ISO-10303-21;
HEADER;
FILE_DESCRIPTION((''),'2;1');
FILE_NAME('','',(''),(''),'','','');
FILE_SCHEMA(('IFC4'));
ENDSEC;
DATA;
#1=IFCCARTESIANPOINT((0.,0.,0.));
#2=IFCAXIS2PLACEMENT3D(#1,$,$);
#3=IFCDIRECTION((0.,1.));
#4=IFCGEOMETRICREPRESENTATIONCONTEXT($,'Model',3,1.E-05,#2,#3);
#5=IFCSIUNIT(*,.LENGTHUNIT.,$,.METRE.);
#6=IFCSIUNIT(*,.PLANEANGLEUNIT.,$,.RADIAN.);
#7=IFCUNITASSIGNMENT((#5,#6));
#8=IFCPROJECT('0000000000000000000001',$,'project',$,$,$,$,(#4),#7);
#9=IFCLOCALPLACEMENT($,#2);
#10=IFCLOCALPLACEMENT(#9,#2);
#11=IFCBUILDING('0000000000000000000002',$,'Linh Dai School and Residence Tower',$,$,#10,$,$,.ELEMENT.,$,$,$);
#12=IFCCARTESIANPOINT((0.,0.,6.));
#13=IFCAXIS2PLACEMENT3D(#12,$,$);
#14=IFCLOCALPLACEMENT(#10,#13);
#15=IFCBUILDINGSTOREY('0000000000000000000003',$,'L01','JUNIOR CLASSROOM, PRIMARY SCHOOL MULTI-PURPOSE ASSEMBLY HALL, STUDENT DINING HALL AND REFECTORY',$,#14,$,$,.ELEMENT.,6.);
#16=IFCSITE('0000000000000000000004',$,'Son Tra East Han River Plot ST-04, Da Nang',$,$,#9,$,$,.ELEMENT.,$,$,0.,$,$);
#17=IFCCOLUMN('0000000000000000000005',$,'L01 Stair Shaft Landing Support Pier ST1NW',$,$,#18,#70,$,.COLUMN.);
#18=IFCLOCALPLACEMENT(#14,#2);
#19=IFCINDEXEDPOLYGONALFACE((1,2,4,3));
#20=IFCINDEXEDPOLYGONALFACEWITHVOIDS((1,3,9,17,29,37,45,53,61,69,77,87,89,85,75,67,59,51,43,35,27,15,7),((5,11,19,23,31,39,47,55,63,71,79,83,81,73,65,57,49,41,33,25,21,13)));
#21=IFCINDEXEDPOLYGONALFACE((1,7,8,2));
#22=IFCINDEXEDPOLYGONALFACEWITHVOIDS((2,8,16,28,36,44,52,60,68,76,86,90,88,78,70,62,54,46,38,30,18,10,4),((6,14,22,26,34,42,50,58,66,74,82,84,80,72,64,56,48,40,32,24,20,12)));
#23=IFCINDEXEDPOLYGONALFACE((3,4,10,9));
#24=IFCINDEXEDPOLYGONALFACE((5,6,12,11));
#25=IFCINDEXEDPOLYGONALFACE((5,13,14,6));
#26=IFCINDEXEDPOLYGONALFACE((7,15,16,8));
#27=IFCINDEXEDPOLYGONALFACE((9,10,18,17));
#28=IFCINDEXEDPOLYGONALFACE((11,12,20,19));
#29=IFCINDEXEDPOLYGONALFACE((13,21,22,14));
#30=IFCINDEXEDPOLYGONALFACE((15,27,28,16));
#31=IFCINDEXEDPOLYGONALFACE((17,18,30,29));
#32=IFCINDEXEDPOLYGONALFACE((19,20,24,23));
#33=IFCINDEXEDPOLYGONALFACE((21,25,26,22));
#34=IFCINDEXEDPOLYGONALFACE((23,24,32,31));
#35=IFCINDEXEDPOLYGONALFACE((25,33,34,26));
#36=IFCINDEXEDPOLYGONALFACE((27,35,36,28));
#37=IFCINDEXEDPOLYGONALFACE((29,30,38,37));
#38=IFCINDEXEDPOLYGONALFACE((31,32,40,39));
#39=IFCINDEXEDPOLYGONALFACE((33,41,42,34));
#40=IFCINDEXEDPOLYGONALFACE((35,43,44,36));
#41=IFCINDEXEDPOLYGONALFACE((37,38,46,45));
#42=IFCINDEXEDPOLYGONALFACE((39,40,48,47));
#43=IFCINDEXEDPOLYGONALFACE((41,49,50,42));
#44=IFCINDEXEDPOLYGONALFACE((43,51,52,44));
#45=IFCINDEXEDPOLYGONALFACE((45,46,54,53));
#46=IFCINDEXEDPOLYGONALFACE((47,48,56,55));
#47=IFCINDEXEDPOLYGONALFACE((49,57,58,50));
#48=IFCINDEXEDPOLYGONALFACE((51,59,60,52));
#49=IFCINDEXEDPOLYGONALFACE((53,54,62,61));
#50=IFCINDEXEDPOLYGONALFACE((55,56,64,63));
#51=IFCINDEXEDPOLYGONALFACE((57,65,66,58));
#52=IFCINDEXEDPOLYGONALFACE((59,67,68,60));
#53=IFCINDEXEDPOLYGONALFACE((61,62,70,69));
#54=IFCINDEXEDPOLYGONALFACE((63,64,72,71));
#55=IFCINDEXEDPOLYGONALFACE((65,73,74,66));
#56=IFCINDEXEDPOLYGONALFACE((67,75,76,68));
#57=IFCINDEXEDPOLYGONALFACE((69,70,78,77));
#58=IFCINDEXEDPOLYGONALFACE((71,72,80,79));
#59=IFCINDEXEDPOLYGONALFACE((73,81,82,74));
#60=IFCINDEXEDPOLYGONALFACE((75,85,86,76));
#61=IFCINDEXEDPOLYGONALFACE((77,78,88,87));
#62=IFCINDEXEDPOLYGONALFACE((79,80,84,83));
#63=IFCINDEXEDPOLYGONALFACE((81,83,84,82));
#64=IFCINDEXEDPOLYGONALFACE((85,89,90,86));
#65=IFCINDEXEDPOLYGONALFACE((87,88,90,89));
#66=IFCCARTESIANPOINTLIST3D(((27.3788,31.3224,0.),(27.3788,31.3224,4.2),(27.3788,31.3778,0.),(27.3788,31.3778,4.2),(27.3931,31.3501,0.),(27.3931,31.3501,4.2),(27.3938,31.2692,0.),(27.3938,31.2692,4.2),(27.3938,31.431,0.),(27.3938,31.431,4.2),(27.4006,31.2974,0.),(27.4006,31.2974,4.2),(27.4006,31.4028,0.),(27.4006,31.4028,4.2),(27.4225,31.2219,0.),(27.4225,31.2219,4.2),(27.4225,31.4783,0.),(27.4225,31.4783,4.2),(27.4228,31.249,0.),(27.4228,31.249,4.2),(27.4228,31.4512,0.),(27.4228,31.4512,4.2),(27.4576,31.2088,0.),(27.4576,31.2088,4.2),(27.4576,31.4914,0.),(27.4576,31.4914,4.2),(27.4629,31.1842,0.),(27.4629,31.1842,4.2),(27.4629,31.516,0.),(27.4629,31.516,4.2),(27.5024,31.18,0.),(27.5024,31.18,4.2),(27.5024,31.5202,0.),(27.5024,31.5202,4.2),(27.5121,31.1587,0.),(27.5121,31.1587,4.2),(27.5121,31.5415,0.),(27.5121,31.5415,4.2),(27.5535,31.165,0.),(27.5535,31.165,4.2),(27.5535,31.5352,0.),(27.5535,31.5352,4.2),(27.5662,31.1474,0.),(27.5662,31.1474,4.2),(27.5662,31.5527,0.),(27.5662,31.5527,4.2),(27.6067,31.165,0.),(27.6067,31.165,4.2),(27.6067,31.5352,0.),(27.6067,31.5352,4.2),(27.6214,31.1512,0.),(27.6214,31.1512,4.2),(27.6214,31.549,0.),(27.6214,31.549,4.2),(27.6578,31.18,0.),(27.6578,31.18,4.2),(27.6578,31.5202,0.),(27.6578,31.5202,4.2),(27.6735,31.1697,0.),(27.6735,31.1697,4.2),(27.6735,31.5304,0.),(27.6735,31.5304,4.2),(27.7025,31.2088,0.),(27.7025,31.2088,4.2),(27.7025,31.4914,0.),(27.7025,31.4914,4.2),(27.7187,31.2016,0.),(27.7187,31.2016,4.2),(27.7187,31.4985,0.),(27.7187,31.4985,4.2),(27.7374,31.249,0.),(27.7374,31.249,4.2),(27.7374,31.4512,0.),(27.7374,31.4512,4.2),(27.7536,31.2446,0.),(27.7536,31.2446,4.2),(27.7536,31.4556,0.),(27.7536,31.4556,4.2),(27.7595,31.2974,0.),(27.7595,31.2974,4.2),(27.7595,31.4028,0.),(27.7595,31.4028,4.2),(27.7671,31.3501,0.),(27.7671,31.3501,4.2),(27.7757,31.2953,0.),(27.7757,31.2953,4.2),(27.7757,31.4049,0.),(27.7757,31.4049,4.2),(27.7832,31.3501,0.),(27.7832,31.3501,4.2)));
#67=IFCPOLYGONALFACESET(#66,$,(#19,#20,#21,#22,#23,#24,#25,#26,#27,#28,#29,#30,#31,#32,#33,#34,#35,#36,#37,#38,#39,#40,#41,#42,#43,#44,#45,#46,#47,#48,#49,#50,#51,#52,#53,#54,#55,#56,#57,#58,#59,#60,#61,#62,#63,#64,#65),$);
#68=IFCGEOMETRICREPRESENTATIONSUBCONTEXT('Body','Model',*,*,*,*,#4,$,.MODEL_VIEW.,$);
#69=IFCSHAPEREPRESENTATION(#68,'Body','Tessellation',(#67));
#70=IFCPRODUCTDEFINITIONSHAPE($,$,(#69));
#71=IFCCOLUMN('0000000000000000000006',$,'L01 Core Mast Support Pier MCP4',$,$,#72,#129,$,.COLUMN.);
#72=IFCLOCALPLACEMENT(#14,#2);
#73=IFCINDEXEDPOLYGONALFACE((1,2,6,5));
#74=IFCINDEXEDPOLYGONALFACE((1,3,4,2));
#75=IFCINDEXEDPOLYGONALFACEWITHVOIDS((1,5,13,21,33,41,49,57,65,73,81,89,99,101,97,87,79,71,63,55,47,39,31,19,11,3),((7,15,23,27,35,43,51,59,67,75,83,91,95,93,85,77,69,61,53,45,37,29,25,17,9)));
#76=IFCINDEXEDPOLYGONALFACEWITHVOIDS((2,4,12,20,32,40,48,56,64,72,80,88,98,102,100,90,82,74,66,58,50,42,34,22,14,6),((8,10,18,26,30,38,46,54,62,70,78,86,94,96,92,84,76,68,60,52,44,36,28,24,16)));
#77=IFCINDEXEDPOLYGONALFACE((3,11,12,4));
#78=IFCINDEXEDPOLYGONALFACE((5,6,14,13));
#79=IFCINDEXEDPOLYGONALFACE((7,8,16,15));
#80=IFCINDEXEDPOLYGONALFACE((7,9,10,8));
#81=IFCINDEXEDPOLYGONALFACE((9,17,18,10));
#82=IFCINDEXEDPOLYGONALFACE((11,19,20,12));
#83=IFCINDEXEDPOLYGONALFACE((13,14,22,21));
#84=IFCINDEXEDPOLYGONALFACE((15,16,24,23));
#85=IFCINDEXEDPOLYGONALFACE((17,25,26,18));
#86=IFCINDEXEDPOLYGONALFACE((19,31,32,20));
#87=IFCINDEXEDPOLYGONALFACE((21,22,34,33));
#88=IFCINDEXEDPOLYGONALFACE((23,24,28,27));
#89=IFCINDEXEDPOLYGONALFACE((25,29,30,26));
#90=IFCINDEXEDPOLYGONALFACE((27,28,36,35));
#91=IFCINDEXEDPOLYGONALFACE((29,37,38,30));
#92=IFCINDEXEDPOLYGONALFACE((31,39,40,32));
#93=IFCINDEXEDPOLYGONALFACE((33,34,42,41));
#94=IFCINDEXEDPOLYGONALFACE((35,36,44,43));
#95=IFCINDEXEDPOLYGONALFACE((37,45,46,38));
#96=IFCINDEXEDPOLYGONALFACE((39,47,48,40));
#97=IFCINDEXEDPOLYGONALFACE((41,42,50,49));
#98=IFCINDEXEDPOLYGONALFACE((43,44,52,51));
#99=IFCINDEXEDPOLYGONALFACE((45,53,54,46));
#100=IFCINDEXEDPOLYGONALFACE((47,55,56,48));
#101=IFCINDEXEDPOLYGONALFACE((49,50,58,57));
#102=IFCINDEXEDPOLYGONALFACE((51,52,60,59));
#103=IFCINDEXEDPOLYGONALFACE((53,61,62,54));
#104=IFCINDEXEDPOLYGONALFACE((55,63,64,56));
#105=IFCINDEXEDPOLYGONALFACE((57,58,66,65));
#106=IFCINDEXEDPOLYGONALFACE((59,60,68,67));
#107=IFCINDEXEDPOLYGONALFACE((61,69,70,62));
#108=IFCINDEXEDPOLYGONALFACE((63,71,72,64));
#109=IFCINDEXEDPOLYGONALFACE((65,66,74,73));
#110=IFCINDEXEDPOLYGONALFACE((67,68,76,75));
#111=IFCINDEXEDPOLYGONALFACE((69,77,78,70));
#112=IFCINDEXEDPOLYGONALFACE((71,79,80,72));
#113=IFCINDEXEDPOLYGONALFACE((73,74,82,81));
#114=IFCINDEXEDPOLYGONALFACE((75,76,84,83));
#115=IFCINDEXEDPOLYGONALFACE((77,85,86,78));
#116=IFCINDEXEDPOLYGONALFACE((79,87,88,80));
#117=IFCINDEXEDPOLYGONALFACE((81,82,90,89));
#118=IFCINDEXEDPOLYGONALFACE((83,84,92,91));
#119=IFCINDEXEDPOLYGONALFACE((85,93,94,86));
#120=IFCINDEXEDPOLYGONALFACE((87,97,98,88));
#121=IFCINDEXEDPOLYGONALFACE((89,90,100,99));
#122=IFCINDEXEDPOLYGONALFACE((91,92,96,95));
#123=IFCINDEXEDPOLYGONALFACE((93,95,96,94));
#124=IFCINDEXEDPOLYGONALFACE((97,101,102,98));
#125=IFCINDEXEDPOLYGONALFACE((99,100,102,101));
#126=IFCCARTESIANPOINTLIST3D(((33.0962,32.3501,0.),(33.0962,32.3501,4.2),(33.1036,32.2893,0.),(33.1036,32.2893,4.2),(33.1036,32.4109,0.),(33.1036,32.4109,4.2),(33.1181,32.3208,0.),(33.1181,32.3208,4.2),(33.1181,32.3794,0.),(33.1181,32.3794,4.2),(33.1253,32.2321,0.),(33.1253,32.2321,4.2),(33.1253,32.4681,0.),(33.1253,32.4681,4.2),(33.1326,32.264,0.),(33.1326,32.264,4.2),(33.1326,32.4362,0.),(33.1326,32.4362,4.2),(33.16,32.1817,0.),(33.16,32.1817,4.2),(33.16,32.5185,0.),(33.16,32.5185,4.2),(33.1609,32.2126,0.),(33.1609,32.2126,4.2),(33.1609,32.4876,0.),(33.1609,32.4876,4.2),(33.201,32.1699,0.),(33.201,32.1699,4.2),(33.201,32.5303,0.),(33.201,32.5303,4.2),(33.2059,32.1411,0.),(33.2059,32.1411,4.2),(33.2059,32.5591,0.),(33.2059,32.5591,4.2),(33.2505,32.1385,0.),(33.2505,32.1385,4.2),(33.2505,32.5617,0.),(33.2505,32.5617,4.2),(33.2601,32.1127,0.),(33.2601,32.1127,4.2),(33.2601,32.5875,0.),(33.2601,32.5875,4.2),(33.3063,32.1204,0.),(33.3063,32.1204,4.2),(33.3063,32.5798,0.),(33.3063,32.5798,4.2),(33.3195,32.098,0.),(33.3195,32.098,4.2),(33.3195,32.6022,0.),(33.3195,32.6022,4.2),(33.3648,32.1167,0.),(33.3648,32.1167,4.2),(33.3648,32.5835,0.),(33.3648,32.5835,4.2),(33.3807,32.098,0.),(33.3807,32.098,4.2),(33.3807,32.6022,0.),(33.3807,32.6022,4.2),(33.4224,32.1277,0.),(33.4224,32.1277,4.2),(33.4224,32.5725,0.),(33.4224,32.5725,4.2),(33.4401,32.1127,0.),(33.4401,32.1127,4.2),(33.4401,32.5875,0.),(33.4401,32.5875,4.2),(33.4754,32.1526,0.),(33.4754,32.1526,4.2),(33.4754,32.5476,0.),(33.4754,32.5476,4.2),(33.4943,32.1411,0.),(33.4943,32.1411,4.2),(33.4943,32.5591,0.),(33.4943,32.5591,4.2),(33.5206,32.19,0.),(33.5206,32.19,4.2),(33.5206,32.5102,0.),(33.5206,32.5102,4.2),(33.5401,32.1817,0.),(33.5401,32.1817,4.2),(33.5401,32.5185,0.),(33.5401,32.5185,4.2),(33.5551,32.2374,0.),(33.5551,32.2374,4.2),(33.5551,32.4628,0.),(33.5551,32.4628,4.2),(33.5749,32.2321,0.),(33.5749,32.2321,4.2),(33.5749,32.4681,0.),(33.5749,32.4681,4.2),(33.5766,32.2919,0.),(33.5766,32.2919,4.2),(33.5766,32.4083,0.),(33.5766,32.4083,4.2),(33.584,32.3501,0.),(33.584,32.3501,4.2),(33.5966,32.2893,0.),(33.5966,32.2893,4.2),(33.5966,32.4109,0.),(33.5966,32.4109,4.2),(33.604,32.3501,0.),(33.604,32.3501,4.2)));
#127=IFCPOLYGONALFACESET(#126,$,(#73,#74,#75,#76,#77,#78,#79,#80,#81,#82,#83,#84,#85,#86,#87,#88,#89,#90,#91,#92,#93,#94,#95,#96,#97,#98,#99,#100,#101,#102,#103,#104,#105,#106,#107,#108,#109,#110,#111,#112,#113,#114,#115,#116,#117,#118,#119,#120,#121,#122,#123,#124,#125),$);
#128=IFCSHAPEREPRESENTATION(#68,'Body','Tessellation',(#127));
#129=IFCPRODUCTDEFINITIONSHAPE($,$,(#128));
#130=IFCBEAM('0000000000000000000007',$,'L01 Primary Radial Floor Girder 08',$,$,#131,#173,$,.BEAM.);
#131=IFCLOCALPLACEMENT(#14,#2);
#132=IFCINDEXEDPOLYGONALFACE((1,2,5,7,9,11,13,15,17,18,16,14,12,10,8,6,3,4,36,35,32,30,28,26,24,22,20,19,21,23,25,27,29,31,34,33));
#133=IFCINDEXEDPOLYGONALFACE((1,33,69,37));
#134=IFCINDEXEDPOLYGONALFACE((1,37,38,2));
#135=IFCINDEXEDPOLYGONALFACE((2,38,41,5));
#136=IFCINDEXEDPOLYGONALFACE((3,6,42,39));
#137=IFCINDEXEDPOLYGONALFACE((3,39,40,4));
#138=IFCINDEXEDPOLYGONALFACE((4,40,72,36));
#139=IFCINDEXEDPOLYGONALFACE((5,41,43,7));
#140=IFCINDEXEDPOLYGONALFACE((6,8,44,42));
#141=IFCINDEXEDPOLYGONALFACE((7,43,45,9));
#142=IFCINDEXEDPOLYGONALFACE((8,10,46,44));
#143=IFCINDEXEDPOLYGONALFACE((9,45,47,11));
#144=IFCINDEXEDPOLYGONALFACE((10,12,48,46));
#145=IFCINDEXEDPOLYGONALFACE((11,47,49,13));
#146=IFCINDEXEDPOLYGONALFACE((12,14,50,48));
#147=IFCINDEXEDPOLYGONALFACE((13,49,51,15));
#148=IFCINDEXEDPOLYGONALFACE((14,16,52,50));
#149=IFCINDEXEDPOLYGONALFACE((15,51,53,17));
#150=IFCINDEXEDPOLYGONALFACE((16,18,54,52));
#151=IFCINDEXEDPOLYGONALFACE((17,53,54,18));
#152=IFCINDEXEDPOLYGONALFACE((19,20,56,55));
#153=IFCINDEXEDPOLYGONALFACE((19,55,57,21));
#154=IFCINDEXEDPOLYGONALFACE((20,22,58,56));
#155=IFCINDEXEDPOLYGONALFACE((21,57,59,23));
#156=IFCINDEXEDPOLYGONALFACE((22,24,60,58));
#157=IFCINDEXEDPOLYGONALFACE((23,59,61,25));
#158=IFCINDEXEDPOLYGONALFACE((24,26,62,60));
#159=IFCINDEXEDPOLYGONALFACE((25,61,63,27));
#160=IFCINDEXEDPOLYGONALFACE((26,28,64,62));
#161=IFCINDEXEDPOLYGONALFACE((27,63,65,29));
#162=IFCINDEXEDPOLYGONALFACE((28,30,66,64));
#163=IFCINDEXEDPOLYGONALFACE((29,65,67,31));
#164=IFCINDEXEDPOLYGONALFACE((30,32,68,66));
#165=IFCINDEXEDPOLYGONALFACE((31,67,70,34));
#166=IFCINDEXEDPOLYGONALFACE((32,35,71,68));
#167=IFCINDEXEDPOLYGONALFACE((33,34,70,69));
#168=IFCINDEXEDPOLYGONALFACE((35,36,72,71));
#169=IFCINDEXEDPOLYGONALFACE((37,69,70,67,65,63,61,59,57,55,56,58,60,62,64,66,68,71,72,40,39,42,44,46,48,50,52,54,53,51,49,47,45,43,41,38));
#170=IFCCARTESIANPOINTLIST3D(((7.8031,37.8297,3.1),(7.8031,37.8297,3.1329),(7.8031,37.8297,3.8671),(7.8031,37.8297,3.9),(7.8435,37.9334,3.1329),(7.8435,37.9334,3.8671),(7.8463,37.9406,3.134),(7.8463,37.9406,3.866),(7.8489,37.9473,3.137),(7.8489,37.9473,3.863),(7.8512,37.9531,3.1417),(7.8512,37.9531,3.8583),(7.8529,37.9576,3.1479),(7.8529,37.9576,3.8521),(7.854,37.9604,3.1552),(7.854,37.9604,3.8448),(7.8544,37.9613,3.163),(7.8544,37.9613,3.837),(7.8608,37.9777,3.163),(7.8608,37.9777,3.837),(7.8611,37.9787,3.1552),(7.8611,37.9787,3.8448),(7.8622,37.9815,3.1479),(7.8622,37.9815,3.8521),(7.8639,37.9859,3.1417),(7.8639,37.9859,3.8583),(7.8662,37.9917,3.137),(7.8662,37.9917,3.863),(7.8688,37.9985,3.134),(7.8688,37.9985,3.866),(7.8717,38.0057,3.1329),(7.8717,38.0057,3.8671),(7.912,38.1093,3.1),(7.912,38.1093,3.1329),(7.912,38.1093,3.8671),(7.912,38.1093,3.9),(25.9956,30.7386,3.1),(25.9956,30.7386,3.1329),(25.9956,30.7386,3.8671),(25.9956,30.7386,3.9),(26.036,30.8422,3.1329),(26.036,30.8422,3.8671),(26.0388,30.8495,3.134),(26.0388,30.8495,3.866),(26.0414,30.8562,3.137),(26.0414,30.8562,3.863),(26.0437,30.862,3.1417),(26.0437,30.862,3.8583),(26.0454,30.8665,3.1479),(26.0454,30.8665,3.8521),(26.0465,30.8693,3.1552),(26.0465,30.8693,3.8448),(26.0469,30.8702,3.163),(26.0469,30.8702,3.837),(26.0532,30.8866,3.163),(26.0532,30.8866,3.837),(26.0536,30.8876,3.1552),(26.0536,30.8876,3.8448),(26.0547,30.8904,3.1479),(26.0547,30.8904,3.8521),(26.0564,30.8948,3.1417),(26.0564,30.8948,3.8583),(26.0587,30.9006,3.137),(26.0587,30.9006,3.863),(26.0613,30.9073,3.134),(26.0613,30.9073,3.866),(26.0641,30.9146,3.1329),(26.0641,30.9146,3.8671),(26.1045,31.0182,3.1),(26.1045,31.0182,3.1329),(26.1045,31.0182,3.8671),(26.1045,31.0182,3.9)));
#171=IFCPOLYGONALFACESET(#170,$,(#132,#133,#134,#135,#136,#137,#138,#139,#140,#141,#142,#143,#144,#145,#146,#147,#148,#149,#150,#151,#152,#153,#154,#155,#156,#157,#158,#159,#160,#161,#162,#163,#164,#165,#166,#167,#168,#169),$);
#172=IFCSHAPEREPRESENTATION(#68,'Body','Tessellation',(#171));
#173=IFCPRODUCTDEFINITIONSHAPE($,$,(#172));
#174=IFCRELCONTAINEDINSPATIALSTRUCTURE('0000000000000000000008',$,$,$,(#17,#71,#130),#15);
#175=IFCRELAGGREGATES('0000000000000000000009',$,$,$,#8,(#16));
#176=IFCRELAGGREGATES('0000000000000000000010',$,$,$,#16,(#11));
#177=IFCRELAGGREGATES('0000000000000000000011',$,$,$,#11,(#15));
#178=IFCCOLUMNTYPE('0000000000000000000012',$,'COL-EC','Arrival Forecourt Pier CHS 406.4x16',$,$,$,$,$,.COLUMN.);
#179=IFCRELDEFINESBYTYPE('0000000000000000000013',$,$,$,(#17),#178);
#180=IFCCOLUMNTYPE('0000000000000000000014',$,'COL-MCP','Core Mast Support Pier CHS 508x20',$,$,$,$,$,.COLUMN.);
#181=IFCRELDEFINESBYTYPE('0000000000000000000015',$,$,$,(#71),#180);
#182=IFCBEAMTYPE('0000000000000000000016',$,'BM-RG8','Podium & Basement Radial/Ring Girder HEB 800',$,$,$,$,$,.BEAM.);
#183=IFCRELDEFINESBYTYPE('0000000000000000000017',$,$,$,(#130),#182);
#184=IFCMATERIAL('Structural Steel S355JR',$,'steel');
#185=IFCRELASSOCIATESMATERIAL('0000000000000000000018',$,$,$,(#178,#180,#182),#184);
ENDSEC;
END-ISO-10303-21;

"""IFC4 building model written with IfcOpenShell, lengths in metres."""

from ifc_helpers import new_model, si_unit, direction, frame, origin, origin_2d, place, context, subcontext, project, spatial, hollow_circle, i_section, extrude, material, material_profile, profile_set, type_object, element, save


model = new_model("IFC4")

# Units and contexts
model_context = context("Model", 3, precision=1e-05, world=origin(), true_north=direction((0.0, 1.0)))
body_context = subcontext(model_context, "Body", "Model", "MODEL_VIEW")
ifc_project = project(units=[si_unit("LENGTHUNIT", "METRE"), si_unit("PLANEANGLEUNIT", "RADIAN")], contexts=[model_context])

# Site, building, storey
site_placement = place(None, origin())
site = spatial("IfcSite", under=ifc_project, at=site_placement, Name="Son Tra East Han River Plot ST-04, Da Nang", CompositionType="ELEMENT", RefElevation=0.0)
building_placement = place(site_placement, origin())
building = spatial("IfcBuilding", under=site, at=building_placement, Name="Linh Dai School and Residence Tower", CompositionType="ELEMENT")
storey_placement = place(building_placement, frame((0.0, 0.0, 6.0)))
storey = spatial("IfcBuildingStorey", under=building, at=storey_placement, Name="L01", Description="JUNIOR CLASSROOM, PRIMARY SCHOOL MULTI-PURPOSE ASSEMBLY HALL, STUDENT DINING HALL AND REFECTORY", CompositionType="ELEMENT", Elevation=6.0)

# Columns
ifc_material_1 = material(Name="Structural Steel S355JR", Category="steel")
ifc_material_profile_1 = material_profile(ifc_material_1, hollow_circle(Radius=0.2031, WallThickness=0.0161, at=origin_2d()), Name="CHS 406.4x16")
ifc_profile_set_1 = profile_set([ifc_material_profile_1], Name="Structural Steel S355JR")
column_type_1 = type_object("IfcColumnType", Name="COL-EC", Description="Arrival Forecourt Pier CHS 406.4x16", PredefinedType="COLUMN", material=ifc_profile_set_1)
column_1_placement = place(storey_placement, frame((27.5801, 31.3501, 0.0), z_axis=(0.0, 0.0, 1.0), x_axis=(1.0, 0.0, 0.0)))
element("IfcColumn", 1, at=column_1_placement, inside=storey, type_object=column_type_1, Name="L01 Stair Shaft Landing Support Pier ST1NW", PredefinedType="COLUMN", context=body_context, shape_type="SweptSolid", body=[
    extrude(hollow_circle(Radius=0.2031, WallThickness=0.0161, at=origin_2d()), origin(), (0.0, 0.0, 1.0), 4.2),
])
ifc_material_profile_2 = material_profile(ifc_material_1, hollow_circle(Radius=0.2539, WallThickness=0.02, at=origin_2d()), Name="CHS 508x20")
ifc_profile_set_2 = profile_set([ifc_material_profile_2], Name="Structural Steel S355JR")
column_type_2 = type_object("IfcColumnType", Name="COL-MCP", Description="Core Mast Support Pier CHS 508x20", PredefinedType="COLUMN", material=ifc_profile_set_2)
column_2_placement = place(storey_placement, frame((33.3501, 32.3501, 0.0), z_axis=(0.0, 0.0, 1.0), x_axis=(1.0, 0.0, 0.0)))
element("IfcColumn", 2, at=column_2_placement, inside=storey, type_object=column_type_2, Name="L01 Core Mast Support Pier MCP4", PredefinedType="COLUMN", context=body_context, shape_type="SweptSolid", body=[
    extrude(hollow_circle(Radius=0.2539, WallThickness=0.02, at=origin_2d()), origin(), (0.0, 0.0, 1.0), 4.2),
])

# Beam
ifc_material_profile_3 = material_profile(ifc_material_1, i_section(OverallWidth=0.3, OverallDepth=0.8, WebThickness=0.0176, FlangeThickness=0.033, FilletRadius=0.03, at=origin_2d()), Name="HEB 800")
ifc_profile_set_3 = profile_set([ifc_material_profile_3], Name="Structural Steel S355JR")
beam_type_1 = type_object("IfcBeamType", Name="BM-RG8", Description="Podium & Basement Radial/Ring Girder HEB 800", PredefinedType="BEAM", material=ifc_profile_set_3)
beam_1_placement = place(storey_placement, frame((26.05, 30.8784, 3.5), z_axis=(-0.931723, 0.363169, 0.0), x_axis=(-0.363169, -0.931723, 0.0)))
element("IfcBeam", 3, at=beam_1_placement, inside=storey, type_object=beam_type_1, Name="L01 Primary Radial Floor Girder 08", PredefinedType="BEAM", context=body_context, shape_type="SweptSolid", body=[
    extrude(i_section(OverallWidth=0.3, OverallDepth=0.8, WebThickness=0.0176, FlangeThickness=0.033, FilletRadius=0.03, at=origin_2d()), origin(), (0.0, 0.0, 1.0), 19.5256),
])

save(model, "model.ifc")
